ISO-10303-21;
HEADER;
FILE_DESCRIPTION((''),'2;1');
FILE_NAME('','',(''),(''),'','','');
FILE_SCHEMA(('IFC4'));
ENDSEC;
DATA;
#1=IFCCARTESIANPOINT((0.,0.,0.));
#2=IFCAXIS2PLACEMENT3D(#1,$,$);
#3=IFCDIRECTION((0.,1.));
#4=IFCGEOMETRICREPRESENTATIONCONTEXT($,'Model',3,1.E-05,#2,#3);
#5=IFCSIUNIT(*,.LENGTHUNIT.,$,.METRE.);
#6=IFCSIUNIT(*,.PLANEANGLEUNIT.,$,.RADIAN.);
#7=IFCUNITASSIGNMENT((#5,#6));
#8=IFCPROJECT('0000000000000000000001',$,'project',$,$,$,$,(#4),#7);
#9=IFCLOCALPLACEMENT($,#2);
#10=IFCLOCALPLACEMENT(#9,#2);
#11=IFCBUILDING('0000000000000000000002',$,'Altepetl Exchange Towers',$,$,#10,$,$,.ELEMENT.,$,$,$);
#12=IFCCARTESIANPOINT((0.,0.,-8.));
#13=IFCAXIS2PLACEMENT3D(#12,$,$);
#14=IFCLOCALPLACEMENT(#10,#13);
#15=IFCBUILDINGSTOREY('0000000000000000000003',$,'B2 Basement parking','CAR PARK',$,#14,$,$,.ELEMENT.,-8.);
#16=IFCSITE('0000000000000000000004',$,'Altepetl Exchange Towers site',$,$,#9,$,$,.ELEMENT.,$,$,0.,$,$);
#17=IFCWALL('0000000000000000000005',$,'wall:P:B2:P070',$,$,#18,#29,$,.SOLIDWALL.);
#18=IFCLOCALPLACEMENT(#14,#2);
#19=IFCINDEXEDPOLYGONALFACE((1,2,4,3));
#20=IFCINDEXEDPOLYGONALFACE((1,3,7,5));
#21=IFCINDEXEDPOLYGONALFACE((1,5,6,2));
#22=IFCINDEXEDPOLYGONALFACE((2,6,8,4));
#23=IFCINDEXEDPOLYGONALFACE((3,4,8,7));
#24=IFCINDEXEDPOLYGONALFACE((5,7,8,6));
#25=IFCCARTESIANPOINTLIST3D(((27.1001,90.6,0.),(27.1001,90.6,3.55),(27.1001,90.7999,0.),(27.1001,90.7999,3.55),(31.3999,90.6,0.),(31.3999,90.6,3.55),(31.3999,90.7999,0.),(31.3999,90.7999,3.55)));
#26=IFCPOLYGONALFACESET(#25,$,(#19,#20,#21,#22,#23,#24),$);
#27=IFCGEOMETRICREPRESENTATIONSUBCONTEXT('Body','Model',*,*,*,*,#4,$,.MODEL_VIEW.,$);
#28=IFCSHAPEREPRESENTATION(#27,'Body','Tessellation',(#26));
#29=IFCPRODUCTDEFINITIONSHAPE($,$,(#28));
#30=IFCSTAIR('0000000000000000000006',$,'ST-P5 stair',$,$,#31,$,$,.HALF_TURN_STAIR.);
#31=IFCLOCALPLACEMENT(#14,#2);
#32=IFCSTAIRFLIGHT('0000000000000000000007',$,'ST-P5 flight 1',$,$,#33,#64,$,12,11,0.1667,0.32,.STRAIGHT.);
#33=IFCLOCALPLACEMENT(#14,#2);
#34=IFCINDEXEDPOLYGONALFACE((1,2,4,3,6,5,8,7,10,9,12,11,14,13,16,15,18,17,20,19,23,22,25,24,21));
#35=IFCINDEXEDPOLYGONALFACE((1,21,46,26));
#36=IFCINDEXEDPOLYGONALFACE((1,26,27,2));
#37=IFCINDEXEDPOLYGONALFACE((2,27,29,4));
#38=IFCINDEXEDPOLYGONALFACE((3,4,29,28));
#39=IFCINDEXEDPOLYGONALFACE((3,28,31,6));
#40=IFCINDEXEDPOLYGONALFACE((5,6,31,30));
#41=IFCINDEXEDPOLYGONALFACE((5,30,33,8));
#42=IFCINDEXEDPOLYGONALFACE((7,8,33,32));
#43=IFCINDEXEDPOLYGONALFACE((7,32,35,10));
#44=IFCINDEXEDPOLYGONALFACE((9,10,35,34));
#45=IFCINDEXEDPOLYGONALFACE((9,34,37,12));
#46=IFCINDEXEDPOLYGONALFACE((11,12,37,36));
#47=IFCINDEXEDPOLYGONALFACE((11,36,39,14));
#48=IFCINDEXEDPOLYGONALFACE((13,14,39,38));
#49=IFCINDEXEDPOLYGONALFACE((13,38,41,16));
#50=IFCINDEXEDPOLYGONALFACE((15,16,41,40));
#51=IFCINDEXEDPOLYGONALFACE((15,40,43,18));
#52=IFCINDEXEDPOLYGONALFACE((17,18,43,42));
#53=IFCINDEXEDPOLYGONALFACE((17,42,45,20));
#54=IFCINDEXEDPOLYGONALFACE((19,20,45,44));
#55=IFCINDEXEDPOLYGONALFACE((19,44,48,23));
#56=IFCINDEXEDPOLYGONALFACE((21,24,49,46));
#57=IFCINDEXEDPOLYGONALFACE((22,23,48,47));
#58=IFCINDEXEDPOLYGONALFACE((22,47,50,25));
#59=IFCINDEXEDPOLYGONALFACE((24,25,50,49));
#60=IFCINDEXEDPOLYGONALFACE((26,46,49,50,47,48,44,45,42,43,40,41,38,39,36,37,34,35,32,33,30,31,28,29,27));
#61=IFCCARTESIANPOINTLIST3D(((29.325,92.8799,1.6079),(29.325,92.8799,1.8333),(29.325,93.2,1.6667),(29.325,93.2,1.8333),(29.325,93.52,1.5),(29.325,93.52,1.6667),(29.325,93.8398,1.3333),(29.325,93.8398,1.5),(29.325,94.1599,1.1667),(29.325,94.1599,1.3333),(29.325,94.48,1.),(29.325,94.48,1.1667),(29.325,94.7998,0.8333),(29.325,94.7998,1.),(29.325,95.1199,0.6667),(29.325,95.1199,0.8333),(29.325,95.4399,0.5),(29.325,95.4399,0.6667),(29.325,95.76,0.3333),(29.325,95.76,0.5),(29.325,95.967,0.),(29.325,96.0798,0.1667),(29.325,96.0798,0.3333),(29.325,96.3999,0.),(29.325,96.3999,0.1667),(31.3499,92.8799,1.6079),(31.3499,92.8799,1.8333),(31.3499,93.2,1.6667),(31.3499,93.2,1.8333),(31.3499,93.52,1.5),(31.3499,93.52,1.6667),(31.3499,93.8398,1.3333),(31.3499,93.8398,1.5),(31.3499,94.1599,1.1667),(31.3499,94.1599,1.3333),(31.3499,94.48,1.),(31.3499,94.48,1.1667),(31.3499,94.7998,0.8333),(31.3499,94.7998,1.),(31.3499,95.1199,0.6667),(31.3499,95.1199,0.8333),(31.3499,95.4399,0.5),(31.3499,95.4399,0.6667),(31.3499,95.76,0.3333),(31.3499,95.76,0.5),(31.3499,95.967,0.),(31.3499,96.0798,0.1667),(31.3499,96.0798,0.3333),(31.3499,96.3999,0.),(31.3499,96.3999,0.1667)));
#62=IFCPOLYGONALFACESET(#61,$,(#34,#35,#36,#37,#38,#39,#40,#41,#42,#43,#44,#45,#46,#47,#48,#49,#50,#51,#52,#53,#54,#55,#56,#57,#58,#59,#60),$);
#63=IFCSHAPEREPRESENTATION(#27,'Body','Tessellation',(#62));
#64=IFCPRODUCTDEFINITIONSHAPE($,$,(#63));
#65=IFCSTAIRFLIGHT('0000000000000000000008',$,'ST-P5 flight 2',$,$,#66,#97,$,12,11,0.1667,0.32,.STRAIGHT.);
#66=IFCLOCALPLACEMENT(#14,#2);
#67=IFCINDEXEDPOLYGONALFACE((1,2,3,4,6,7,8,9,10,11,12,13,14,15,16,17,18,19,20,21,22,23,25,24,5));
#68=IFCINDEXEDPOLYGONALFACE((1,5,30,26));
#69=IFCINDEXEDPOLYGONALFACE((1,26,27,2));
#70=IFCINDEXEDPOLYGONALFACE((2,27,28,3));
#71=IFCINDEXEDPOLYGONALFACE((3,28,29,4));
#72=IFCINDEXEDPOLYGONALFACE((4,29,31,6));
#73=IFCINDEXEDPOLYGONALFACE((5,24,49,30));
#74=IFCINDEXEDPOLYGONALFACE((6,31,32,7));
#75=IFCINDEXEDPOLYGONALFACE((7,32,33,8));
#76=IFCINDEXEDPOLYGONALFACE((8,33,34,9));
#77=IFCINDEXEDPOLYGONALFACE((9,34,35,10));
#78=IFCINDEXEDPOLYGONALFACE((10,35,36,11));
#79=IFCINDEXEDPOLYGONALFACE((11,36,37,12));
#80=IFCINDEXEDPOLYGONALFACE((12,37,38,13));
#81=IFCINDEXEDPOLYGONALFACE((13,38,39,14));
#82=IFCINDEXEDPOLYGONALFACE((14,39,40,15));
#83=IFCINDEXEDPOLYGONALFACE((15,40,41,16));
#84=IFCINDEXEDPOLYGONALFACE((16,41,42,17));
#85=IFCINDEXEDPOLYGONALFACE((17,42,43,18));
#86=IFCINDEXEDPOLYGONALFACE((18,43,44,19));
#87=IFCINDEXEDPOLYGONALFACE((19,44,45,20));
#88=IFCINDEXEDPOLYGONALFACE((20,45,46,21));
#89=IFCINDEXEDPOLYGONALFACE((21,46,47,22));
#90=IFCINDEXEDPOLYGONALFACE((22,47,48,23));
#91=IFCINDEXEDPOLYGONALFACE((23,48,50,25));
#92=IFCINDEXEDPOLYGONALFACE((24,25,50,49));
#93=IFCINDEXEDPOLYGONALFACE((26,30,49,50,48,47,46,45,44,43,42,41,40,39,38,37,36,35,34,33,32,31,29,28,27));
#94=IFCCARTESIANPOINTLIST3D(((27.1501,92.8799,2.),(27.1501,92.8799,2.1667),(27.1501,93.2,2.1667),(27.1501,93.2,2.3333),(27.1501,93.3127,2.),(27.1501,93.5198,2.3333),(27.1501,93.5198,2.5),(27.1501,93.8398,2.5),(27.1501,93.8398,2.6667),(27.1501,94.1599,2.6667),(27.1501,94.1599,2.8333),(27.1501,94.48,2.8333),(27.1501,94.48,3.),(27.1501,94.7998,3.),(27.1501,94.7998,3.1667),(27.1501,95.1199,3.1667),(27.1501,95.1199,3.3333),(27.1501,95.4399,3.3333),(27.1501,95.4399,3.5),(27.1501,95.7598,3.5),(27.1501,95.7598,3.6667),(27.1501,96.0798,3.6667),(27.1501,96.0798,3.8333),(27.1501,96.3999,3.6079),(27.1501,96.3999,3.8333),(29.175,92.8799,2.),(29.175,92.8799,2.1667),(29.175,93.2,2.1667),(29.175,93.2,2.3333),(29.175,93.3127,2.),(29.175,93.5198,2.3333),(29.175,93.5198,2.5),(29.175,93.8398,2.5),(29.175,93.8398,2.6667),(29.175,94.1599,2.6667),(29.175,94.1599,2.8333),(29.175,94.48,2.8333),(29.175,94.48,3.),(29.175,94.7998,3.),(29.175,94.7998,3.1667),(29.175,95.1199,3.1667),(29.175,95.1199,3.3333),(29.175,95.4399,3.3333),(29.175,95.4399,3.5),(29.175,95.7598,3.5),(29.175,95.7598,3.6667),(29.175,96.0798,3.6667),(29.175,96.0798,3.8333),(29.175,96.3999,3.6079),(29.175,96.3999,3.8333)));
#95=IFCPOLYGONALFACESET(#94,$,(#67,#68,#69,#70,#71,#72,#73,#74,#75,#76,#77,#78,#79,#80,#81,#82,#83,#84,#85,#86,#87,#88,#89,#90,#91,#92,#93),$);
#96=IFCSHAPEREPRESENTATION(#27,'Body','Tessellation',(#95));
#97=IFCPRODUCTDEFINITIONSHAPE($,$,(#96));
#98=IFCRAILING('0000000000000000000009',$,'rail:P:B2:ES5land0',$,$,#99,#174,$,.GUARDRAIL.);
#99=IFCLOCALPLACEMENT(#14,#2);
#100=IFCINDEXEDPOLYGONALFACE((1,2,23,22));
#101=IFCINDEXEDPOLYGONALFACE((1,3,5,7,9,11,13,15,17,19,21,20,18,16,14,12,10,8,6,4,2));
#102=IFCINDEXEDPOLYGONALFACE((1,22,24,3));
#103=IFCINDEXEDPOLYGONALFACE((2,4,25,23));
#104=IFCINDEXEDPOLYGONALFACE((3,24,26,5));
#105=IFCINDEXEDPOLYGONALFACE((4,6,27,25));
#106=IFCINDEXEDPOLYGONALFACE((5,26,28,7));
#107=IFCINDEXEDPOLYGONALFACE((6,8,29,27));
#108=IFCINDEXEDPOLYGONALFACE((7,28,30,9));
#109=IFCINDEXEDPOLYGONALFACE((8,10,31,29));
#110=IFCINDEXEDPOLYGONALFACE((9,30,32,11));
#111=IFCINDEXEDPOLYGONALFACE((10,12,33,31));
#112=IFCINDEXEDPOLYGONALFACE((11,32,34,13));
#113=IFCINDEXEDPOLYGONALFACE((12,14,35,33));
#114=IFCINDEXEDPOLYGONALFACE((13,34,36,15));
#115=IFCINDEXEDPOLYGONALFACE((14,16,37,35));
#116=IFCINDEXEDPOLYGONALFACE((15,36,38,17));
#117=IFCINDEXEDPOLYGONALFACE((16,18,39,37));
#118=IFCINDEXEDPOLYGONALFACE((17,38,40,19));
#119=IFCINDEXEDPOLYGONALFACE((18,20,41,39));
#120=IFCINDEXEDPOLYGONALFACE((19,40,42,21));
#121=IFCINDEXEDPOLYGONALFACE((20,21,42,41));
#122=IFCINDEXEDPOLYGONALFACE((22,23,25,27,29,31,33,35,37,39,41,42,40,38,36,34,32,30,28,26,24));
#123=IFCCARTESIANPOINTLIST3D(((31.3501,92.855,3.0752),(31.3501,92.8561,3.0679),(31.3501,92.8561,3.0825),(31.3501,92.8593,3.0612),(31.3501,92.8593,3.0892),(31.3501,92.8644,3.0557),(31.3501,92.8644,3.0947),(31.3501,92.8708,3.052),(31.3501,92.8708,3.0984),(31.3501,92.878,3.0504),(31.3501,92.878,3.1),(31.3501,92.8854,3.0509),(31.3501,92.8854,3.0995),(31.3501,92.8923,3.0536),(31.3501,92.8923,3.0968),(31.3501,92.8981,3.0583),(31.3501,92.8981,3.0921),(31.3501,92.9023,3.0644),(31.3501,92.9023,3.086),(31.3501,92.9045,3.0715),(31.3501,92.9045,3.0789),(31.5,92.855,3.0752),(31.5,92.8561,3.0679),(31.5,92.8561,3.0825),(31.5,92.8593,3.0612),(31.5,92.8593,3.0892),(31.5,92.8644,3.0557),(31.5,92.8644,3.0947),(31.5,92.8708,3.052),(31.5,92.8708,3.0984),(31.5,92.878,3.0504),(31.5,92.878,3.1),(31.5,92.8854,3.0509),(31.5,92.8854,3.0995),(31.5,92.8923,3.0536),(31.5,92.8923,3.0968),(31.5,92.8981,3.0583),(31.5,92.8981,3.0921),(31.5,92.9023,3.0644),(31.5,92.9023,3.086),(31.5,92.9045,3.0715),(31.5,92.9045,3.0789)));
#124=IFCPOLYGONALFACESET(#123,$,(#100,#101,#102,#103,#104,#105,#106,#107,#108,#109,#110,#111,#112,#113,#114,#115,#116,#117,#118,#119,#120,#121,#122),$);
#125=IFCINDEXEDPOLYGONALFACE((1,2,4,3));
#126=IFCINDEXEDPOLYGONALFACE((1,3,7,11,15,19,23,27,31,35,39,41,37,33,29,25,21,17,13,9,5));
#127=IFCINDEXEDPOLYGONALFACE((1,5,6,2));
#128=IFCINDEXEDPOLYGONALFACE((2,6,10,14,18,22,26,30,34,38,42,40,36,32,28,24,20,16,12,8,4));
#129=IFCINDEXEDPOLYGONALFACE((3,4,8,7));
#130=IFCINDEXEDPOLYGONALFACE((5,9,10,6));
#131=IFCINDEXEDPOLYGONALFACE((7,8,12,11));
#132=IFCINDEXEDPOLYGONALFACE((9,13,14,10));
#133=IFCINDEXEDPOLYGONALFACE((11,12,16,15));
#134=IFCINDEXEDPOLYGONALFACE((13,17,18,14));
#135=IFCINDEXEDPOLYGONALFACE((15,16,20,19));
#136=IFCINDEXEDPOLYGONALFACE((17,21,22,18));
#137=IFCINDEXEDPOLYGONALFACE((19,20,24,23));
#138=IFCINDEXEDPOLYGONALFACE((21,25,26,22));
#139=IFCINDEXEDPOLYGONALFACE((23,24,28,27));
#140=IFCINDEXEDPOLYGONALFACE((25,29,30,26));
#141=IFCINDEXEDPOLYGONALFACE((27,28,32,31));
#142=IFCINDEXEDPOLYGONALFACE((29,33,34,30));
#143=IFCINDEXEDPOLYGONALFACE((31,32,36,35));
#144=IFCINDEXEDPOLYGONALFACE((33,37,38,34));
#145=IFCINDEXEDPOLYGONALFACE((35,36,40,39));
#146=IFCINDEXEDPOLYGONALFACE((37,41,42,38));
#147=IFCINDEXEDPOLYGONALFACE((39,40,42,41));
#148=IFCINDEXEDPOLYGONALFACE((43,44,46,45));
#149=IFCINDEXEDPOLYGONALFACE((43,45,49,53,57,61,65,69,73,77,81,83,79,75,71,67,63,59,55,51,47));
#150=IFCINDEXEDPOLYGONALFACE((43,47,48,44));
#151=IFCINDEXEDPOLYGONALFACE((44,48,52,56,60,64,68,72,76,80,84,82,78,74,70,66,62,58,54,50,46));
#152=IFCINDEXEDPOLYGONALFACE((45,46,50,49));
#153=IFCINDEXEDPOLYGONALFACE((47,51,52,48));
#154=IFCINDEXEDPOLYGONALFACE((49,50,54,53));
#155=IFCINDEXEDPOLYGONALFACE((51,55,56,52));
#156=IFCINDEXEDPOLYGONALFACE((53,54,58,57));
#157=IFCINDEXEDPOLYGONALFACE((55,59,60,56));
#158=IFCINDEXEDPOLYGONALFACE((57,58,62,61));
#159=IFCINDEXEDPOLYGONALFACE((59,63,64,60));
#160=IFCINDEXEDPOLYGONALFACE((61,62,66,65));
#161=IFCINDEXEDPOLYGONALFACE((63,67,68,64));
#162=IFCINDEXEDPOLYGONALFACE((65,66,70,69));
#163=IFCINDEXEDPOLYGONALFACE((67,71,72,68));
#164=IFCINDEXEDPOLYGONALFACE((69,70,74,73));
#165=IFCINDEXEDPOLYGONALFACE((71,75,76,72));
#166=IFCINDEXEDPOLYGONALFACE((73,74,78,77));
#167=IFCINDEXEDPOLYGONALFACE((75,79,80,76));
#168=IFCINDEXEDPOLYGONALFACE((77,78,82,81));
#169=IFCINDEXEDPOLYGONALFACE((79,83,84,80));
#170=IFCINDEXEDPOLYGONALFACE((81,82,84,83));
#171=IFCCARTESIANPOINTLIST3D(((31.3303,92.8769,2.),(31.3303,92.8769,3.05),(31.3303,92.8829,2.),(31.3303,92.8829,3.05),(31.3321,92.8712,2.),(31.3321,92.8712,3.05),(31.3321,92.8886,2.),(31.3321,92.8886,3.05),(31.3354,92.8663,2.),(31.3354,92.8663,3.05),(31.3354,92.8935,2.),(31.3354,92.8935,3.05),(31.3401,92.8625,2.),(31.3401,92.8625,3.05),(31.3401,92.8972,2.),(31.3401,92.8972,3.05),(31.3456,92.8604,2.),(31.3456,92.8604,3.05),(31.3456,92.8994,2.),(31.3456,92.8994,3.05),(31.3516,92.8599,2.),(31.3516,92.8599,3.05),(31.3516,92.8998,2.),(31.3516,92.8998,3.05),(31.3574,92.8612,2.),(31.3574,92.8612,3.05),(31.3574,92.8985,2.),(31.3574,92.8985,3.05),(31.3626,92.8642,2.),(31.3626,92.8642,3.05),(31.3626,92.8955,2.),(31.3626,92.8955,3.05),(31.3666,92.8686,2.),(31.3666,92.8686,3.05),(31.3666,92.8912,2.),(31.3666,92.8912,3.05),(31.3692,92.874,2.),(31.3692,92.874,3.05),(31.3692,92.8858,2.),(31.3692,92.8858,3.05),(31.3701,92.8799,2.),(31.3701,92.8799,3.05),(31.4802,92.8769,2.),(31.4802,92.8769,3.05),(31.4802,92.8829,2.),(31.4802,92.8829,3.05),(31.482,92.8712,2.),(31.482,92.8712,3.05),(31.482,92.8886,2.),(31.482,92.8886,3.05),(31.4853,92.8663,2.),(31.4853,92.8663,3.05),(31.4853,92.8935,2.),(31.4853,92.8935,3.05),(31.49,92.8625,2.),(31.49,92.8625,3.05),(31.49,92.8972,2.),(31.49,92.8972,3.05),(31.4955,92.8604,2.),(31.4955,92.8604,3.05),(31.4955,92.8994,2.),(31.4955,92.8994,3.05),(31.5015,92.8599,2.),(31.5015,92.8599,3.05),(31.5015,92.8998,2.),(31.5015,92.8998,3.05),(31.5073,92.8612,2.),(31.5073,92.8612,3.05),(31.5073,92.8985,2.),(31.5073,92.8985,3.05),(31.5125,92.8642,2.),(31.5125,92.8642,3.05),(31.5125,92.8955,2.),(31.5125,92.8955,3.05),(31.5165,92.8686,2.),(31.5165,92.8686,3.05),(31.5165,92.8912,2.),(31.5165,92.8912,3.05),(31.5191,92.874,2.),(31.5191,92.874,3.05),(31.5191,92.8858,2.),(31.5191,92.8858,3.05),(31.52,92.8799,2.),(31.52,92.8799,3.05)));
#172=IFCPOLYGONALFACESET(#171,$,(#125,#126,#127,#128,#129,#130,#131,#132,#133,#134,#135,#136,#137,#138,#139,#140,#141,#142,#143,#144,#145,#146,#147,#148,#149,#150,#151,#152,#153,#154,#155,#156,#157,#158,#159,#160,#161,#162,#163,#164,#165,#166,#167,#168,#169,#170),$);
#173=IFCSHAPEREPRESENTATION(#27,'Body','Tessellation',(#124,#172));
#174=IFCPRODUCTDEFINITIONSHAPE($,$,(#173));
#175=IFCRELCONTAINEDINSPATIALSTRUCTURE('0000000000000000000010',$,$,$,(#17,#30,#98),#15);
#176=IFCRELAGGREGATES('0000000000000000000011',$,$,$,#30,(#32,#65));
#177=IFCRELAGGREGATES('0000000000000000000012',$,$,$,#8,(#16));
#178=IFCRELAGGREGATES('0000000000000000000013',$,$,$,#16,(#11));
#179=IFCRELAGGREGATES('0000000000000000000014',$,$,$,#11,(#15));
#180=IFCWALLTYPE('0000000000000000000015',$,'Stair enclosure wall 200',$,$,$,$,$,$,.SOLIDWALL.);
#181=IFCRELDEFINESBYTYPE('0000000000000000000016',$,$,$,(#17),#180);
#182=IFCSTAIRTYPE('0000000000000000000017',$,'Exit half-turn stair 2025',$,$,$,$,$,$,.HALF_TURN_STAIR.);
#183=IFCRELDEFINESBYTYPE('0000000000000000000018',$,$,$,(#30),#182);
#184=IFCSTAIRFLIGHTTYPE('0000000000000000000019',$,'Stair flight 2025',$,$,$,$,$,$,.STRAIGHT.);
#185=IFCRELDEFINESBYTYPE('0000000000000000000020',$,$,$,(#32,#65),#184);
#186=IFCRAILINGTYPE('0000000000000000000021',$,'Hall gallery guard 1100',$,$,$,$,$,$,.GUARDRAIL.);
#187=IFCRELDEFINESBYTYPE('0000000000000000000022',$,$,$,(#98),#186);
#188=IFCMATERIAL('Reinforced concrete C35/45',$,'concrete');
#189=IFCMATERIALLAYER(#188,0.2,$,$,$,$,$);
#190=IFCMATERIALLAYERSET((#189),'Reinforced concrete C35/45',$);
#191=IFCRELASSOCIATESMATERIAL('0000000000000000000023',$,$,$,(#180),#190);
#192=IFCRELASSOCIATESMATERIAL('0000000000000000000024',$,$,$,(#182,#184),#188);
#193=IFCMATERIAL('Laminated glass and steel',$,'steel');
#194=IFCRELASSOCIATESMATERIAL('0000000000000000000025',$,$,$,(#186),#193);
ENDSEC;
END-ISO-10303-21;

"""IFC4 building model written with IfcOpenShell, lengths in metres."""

from ifc_helpers import new_model, si_unit, direction, frame, frame_2d, origin, origin_2d, place, context, subcontext, project, spatial, polyline, rectangle, circle, outline, extrude, source, transform, mapped, material, layer, layer_set, type_object, element, aggregate, save


model = new_model("IFC4")

# Units and contexts
model_context = context("Model", 3, precision=1e-05, world=origin(), true_north=direction((0.0, 1.0)))
body_context = subcontext(model_context, "Body", "Model", "MODEL_VIEW")
ifc_project = project(units=[si_unit("LENGTHUNIT", "METRE"), si_unit("PLANEANGLEUNIT", "RADIAN")], contexts=[model_context])

# Site, building, storey
site_placement = place(None, origin())
site = spatial("IfcSite", under=ifc_project, at=site_placement, Name="Altepetl Exchange Towers site", CompositionType="ELEMENT", RefElevation=0.0)
building_placement = place(site_placement, origin())
building = spatial("IfcBuilding", under=site, at=building_placement, Name="Altepetl Exchange Towers", CompositionType="ELEMENT")
storey_placement = place(building_placement, frame((0.0, 0.0, -8.0)))
storey = spatial("IfcBuildingStorey", under=building, at=storey_placement, Name="B2 Basement parking", Description="CAR PARK", CompositionType="ELEMENT", Elevation=-8.0)

# Shared definitions
ifc_material_1 = material(Name="Reinforced concrete C35/45", Category="concrete")

# Shared definitions
ifc_layer_1 = layer(ifc_material_1, 0.2)
ifc_layer_set_1 = layer_set([ifc_layer_1], Name="Reinforced concrete C35/45")
wall_type_1 = type_object("IfcWallType", Name="Stair enclosure wall 200", PredefinedType="SOLIDWALL", material=ifc_layer_set_1)

# Wall
wall_1_placement = place(storey_placement, frame((27.1001, 90.7, 0.0)))
element("IfcWall", 1, at=wall_1_placement, inside=storey, type_object=wall_type_1, Name="wall:P:B2:P070", PredefinedType="SOLIDWALL", context=body_context, shape_type="SweptSolid", body=[
    extrude(rectangle(XDim=4.2998, YDim=0.2, at=frame_2d((2.1499, 0.0))), origin(), (0.0, 0.0, 1.0), 3.55),
])

# Stair, stair flights
stair_type = type_object("IfcStairType", Name="Exit half-turn stair 2025", PredefinedType="HALF_TURN_STAIR", material=ifc_material_1)
stair_placement = place(storey_placement, origin())
stair = element("IfcStair", 2, at=stair_placement, inside=storey, type_object=stair_type, Name="ST-P5 stair", PredefinedType="HALF_TURN_STAIR")
stair_flight_type = type_object("IfcStairFlightType", Name="Stair flight 2025", PredefinedType="STRAIGHT", material=ifc_material_1)
stair_flight_1_placement = place(storey_placement, frame((30.3374, 96.3999, 0.0), z_axis=(0.0, 0.0, 1.0), x_axis=(0.0, -1.0, 0.0)))
stair_flight_1 = element("IfcStairFlight", 3, at=stair_flight_1_placement, type_object=stair_flight_type, Name="ST-P5 flight 1", NumberOfRisers=12, NumberOfTreads=11, PredefinedType="STRAIGHT", RiserHeight=0.1667, TreadLength=0.32, context=body_context, shape_type="SweptSolid", body=[
    extrude(outline(polyline([(0.0, 0.0), (0.0, 0.1667), (0.3201, 0.1667), (0.3201, 0.3333), (0.6399, 0.3333), (0.6399, 0.5), (0.96, 0.5), (0.96, 0.6667), (1.28, 0.6667), (1.28, 0.8333), (1.6001, 0.8333), (1.6001, 1.0), (1.9199, 1.0), (1.9199, 1.1667), (2.24, 1.1667), (2.24, 1.3333), (2.5601, 1.3333), (2.5601, 1.5), (2.8799, 1.5), (2.8799, 1.6667), (3.2, 1.6667), (3.2, 1.8333), (3.52, 1.8333), (3.52, 2.0), (3.52, 1.6079), (0.4329, 0.0), (0.0, 0.0)])), frame((0.0, 1.0125, 0.0), z_axis=(0.0, -1.0, 0.0), x_axis=(1.0, 0.0, 0.0)), (0.0, 0.0, 1.0), 2.0249),
])
stair_flight_2_placement = place(storey_placement, frame((28.1626, 92.8799, 2.0), z_axis=(0.0, 0.0, 1.0), x_axis=(0.0, 1.0, 0.0)))
stair_flight_2 = element("IfcStairFlight", 4, at=stair_flight_2_placement, type_object=stair_flight_type, Name="ST-P5 flight 2", NumberOfRisers=12, NumberOfTreads=11, PredefinedType="STRAIGHT", RiserHeight=0.1667, TreadLength=0.32, context=body_context, shape_type="SweptSolid", body=[
    extrude(outline(polyline([(0.0, 0.0), (0.0, 0.1667), (0.3201, 0.1667), (0.3201, 0.3333), (0.6399, 0.3333), (0.6399, 0.5), (0.96, 0.5), (0.96, 0.6667), (1.28, 0.6667), (1.28, 0.8333), (1.6001, 0.8333), (1.6001, 1.0), (1.9199, 1.0), (1.9199, 1.1667), (2.24, 1.1667), (2.24, 1.3333), (2.5601, 1.3333), (2.5601, 1.5), (2.8799, 1.5), (2.8799, 1.6667), (3.2, 1.6667), (3.2, 1.8333), (3.52, 1.8333), (3.52, 2.0), (3.52, 1.6079), (0.4329, 0.0), (0.0, 0.0)])), frame((0.0, 1.0125, 0.0), z_axis=(0.0, -1.0, 0.0), x_axis=(1.0, 0.0, 0.0)), (0.0, 0.0, 1.0), 2.0249),
])
aggregate(stair, [stair_flight_1, stair_flight_2])

# Railing
ifc_material_2 = material(Name="Laminated glass and steel", Category="steel")
railing_type_1 = type_object("IfcRailingType", Name="Hall gallery guard 1100", PredefinedType="GUARDRAIL", material=ifc_material_2)
shared_shape_1 = source(origin(), body_context, "Body", "SweptSolid", [
    extrude(circle(Radius=0.02, at=origin_2d()), origin(), (0.0, 0.0, 1.0), 1.05),
])
for number, where, name in (
    (5, (31.5, 92.8799, 2.0), "rail:P:B2:ES5land0"),
):
    element("IfcRailing", number, at=place(storey_placement, frame(where)), inside=storey, type_object=railing_type_1, Name=name, PredefinedType="GUARDRAIL", context=body_context, shape_type="SweptSolid", body=[
        extrude(circle(Radius=0.0249, at=origin_2d()), frame((0.0, 0.0, 1.0752), z_axis=(-1.0, 0.0, 0.0), x_axis=(0.0, -1.0, 0.0)), (0.0, 0.0, 1.0), 0.1499),
        mapped(shared_shape_1, transform((0.0, 0.0, 0.0))),
        mapped(shared_shape_1, transform((-0.1499, 0.0, 0.0))),
    ])

save(model, "model.ifc")
